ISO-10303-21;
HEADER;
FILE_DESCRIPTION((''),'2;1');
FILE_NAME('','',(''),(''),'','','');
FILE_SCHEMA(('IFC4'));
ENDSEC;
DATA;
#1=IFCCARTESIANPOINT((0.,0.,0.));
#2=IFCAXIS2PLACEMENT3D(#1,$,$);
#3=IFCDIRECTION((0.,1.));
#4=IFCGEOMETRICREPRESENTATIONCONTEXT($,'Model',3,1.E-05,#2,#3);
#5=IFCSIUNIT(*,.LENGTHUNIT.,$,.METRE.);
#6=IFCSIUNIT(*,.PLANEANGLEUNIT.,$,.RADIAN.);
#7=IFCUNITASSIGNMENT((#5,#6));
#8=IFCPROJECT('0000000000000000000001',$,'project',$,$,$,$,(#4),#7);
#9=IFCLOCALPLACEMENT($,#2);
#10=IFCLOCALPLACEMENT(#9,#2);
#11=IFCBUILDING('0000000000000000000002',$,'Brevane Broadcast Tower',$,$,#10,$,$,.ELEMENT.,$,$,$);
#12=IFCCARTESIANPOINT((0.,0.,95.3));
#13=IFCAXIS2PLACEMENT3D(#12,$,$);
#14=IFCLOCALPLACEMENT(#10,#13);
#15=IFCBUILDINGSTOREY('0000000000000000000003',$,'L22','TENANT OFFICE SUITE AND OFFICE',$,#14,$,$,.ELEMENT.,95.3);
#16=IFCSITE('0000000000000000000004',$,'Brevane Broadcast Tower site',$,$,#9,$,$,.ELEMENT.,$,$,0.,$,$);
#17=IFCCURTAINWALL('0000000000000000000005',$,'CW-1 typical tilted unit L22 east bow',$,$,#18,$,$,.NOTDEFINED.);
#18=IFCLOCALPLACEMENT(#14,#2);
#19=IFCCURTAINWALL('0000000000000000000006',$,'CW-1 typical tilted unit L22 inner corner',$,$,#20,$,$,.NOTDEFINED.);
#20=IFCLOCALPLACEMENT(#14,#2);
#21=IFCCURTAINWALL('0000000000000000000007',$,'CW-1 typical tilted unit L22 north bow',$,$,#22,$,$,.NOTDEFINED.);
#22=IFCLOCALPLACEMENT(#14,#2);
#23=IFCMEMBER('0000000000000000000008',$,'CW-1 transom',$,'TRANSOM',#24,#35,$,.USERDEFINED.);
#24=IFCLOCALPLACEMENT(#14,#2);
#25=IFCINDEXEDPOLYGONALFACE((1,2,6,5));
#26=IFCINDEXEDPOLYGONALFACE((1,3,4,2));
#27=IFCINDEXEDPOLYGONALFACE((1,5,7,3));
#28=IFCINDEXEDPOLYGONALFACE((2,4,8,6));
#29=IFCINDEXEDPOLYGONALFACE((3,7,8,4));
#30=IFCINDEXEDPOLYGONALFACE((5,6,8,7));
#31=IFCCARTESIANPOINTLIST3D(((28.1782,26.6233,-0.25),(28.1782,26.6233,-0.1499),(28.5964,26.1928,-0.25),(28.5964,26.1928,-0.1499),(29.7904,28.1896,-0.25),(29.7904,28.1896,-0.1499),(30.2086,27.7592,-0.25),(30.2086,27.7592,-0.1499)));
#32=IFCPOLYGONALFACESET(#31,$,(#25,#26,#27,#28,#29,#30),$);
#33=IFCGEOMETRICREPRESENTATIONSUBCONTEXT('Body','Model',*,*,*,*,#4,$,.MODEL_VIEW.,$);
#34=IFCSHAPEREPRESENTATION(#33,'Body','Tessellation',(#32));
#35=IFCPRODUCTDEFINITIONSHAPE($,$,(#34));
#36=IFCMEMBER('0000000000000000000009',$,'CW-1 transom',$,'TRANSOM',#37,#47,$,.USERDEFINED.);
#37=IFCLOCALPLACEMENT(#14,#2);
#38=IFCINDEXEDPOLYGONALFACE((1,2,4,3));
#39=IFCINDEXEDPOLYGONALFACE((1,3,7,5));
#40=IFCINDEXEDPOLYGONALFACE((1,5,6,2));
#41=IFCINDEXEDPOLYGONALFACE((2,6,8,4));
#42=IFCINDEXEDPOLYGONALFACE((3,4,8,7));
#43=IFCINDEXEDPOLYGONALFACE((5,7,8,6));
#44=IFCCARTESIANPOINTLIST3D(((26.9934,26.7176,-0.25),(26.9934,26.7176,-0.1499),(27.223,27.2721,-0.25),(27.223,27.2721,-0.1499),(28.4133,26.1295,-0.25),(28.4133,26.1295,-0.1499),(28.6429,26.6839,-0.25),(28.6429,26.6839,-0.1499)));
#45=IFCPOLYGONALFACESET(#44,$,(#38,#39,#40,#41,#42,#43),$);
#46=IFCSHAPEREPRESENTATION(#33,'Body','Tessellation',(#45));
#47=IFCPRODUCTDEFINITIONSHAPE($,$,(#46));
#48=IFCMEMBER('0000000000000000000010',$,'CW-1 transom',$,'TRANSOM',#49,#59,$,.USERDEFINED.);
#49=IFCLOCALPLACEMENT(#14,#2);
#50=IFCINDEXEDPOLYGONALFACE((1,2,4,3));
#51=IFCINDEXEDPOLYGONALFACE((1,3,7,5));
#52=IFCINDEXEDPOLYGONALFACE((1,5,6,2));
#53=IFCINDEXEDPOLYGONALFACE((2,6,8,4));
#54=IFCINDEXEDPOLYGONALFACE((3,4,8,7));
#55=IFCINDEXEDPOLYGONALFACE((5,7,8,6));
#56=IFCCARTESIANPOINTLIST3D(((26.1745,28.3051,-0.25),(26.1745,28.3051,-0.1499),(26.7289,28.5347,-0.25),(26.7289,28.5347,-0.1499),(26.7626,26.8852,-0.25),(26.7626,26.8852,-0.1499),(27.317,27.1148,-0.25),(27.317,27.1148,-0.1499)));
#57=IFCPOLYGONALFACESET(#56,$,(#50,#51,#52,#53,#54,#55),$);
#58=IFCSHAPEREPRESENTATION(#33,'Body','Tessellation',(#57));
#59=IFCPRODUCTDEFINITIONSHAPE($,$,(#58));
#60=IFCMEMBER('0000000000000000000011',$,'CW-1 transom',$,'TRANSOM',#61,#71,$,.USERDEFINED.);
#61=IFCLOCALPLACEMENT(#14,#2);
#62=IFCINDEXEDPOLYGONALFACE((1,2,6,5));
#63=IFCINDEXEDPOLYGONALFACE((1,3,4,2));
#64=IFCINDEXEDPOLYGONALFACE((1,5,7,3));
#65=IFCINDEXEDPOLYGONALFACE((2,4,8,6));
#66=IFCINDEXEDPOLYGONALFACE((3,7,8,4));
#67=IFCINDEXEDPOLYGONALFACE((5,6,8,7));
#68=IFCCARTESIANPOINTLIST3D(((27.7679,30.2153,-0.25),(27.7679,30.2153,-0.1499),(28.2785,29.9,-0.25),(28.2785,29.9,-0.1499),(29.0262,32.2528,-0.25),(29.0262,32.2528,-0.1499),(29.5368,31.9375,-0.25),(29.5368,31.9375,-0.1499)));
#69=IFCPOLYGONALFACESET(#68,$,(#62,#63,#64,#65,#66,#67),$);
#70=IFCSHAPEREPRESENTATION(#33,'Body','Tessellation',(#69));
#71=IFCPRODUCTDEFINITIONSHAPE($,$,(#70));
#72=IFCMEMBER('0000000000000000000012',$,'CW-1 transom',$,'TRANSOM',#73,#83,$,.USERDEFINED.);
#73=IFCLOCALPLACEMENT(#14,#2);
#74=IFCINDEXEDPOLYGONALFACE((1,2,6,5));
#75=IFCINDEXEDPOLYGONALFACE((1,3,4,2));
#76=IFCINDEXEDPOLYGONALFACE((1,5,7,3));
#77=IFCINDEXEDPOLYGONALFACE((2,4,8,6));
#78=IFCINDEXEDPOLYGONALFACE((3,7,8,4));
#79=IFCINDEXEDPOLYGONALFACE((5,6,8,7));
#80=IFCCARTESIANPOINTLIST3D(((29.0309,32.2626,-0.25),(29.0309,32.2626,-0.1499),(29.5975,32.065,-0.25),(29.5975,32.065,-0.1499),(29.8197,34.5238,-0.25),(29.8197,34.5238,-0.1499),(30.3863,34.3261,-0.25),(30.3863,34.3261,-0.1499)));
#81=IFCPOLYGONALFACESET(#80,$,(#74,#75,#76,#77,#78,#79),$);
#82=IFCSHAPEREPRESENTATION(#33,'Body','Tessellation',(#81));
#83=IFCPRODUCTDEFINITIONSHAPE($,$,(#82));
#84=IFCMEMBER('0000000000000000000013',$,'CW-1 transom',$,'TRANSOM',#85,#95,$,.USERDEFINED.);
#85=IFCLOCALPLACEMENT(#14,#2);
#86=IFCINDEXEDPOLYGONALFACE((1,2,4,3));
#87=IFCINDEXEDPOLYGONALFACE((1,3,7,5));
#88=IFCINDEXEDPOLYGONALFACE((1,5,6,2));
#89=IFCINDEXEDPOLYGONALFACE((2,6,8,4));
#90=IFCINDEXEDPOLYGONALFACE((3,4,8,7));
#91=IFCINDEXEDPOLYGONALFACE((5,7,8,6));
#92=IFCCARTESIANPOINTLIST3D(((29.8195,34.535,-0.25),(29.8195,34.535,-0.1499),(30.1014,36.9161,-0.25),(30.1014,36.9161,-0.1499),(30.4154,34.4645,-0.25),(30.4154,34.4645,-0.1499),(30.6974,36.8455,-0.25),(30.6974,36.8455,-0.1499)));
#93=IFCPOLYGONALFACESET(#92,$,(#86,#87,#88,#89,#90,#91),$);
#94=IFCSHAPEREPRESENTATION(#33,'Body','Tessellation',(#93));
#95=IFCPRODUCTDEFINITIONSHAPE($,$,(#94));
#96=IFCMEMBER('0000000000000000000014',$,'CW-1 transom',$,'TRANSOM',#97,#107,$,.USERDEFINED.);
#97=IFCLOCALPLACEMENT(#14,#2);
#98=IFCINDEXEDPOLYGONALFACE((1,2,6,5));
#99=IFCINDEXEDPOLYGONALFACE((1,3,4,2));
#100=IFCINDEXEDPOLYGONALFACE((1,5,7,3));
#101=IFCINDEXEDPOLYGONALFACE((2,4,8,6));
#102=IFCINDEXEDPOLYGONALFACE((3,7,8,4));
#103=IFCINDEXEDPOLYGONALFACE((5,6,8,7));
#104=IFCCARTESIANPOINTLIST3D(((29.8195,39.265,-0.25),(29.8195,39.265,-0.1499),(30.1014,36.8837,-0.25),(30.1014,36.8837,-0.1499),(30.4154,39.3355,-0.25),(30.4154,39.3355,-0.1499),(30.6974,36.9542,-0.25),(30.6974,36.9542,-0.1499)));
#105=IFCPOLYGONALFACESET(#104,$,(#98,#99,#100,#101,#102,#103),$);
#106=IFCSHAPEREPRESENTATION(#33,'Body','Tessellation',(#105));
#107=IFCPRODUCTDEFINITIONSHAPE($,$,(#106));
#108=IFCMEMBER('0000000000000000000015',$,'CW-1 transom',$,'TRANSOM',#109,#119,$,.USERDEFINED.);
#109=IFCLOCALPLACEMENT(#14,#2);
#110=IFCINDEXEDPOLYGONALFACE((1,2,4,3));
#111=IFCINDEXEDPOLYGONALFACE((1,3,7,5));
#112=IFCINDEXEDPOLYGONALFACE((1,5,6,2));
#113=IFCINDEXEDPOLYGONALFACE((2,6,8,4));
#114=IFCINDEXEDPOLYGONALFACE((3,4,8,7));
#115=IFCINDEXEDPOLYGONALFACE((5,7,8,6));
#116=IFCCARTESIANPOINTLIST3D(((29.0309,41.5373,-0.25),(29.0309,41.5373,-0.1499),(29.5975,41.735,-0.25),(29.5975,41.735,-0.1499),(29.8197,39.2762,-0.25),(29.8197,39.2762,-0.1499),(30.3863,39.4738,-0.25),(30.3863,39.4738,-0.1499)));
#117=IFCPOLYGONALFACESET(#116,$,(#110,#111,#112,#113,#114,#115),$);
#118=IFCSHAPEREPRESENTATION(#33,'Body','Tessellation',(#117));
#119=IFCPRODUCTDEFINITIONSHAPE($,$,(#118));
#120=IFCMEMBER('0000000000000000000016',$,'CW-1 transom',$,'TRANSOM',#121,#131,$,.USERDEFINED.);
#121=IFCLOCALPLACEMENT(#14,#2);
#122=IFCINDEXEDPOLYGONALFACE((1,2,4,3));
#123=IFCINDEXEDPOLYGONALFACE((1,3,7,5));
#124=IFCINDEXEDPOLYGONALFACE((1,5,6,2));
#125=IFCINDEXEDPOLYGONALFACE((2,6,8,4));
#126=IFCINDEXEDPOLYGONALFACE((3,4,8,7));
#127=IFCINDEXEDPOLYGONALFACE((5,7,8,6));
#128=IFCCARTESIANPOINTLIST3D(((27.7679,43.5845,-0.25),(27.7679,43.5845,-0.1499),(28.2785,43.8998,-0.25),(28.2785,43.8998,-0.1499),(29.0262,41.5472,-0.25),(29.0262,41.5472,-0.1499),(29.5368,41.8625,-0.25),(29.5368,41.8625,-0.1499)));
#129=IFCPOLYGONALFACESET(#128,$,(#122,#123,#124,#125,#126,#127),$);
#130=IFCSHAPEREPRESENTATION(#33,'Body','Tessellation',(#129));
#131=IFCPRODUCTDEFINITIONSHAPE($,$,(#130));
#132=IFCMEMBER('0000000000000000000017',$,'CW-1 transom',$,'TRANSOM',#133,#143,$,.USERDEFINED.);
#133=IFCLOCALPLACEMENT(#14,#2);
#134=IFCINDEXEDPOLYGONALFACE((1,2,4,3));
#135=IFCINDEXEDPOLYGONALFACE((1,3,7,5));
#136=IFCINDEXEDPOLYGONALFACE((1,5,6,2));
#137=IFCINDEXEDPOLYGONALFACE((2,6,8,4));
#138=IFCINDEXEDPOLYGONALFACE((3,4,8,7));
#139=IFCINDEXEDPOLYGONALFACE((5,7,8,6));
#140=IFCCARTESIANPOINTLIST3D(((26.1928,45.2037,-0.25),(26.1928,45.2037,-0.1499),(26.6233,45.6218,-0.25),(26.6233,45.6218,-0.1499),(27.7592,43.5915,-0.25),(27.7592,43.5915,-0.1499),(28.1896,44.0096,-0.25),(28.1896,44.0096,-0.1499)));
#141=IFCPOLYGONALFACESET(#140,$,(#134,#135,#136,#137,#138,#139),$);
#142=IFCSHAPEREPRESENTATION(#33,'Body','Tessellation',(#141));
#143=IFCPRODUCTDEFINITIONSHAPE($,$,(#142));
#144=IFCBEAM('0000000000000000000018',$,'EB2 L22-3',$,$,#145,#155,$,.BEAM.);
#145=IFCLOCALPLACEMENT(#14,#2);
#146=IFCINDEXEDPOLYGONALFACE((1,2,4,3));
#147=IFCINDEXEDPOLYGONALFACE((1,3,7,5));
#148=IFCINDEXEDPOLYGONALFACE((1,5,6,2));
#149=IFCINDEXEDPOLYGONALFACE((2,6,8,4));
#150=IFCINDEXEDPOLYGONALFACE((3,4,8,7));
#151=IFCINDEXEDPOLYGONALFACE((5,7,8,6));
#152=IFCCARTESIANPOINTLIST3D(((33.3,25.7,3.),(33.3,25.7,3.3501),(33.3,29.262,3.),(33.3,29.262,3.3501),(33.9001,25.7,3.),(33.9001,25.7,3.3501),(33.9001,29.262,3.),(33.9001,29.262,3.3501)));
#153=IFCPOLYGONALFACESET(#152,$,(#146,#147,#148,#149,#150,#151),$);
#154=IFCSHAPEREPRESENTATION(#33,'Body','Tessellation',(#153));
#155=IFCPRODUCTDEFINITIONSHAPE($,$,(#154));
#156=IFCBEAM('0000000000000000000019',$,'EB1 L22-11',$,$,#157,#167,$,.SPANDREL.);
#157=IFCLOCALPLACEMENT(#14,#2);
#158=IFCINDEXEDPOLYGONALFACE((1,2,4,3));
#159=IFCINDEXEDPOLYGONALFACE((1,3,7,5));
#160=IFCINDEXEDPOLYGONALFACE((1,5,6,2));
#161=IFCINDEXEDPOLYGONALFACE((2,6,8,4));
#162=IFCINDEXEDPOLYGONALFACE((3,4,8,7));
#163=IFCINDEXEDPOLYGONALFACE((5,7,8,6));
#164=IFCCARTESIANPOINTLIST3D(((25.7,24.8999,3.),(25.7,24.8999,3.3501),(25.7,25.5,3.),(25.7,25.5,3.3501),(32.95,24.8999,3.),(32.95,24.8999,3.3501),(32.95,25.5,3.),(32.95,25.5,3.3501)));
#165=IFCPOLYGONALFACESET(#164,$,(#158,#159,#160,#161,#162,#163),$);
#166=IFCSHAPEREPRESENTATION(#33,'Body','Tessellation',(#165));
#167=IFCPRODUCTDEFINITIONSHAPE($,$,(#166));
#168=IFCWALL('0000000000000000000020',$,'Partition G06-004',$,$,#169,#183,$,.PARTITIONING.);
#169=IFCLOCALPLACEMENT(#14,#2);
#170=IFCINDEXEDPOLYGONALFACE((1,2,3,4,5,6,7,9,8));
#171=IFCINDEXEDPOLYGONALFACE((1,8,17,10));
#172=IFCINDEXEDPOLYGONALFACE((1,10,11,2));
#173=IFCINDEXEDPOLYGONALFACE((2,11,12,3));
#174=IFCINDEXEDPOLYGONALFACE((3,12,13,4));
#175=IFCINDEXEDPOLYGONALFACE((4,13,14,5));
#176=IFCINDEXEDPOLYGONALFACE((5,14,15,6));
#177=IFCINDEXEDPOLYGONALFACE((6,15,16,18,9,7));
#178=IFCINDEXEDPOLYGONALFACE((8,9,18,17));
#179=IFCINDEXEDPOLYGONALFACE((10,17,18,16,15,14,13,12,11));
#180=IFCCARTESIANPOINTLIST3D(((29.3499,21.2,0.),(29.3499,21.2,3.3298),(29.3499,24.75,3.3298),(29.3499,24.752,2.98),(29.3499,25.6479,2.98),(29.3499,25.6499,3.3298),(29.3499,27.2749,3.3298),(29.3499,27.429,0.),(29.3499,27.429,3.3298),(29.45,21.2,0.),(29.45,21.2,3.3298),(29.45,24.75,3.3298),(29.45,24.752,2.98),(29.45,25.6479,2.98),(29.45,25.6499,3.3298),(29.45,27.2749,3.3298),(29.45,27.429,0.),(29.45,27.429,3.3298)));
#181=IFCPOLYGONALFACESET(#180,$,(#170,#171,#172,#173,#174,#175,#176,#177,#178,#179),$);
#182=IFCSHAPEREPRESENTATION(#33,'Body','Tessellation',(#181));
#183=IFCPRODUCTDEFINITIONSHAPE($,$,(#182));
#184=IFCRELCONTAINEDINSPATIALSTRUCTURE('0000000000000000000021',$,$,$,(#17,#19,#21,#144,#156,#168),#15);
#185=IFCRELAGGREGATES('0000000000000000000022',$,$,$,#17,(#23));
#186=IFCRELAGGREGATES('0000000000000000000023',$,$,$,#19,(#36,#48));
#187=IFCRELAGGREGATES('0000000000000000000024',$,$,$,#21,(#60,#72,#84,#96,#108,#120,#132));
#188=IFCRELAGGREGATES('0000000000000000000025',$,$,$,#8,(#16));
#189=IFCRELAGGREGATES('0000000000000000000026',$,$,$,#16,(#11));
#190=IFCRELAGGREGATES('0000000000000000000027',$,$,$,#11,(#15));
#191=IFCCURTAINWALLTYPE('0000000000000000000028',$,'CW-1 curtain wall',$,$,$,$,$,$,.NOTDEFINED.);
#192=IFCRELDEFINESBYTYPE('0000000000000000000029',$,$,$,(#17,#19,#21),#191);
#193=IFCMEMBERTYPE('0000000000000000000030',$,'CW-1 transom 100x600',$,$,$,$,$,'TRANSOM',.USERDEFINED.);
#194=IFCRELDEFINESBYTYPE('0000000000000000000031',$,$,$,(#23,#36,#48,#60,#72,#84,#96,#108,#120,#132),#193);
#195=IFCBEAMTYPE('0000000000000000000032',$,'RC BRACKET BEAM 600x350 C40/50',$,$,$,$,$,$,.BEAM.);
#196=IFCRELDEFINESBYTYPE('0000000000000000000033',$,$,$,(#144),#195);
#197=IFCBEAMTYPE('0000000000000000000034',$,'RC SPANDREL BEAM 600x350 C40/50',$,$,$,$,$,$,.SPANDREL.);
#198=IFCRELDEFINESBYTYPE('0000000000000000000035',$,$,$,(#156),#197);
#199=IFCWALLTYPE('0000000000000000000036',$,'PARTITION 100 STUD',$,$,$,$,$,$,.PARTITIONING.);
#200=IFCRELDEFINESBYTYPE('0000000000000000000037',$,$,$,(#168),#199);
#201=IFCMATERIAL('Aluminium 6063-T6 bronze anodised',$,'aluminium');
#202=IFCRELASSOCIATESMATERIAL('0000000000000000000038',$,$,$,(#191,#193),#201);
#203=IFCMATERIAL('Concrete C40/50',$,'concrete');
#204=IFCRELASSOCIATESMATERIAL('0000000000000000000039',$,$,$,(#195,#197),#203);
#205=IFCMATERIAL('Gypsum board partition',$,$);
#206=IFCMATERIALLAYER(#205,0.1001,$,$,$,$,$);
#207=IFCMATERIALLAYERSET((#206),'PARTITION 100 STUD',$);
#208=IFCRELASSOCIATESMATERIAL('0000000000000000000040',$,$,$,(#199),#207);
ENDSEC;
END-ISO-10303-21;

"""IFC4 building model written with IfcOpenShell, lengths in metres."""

from ifc_helpers import new_model, si_unit, direction, frame, origin, origin_2d, place, context, subcontext, project, spatial, polyline, rectangle, outline, extrude, material, layer, layer_set, material_profile, profile_set, type_object, element, aggregate, save


model = new_model("IFC4")

# Units and contexts
model_context = context("Model", 3, precision=1e-05, world=origin(), true_north=direction((0.0, 1.0)))
body_context = subcontext(model_context, "Body", "Model", "MODEL_VIEW")
ifc_project = project(units=[si_unit("LENGTHUNIT", "METRE"), si_unit("PLANEANGLEUNIT", "RADIAN")], contexts=[model_context])

# Site, building, storey
site_placement = place(None, origin())
site = spatial("IfcSite", under=ifc_project, at=site_placement, Name="Brevane Broadcast Tower site", CompositionType="ELEMENT", RefElevation=0.0)
building_placement = place(site_placement, origin())
building = spatial("IfcBuilding", under=site, at=building_placement, Name="Brevane Broadcast Tower", CompositionType="ELEMENT")
storey_placement = place(building_placement, frame((0.0, 0.0, 95.3)))
storey = spatial("IfcBuildingStorey", under=building, at=storey_placement, Name="L22", Description="TENANT OFFICE SUITE AND OFFICE", CompositionType="ELEMENT", Elevation=95.3)

# Curtain walls
ifc_material_1 = material(Name="Aluminium 6063-T6 bronze anodised", Category="aluminium")
curtain_wall_type = type_object("IfcCurtainWallType", Name="CW-1 curtain wall", PredefinedType="NOTDEFINED", material=ifc_material_1)
curtain_wall_1_placement = place(storey_placement, origin())
curtain_wall_1 = element("IfcCurtainWall", 1, at=curtain_wall_1_placement, inside=storey, type_object=curtain_wall_type, Name="CW-1 typical tilted unit L22 east bow", PredefinedType="NOTDEFINED")
curtain_wall_2_placement = place(storey_placement, origin())
curtain_wall_2 = element("IfcCurtainWall", 2, at=curtain_wall_2_placement, inside=storey, type_object=curtain_wall_type, Name="CW-1 typical tilted unit L22 inner corner", PredefinedType="NOTDEFINED")
curtain_wall_3_placement = place(storey_placement, origin())
curtain_wall_3 = element("IfcCurtainWall", 3, at=curtain_wall_3_placement, inside=storey, type_object=curtain_wall_type, Name="CW-1 typical tilted unit L22 north bow", PredefinedType="NOTDEFINED")

# Members
ifc_material_profile_1 = material_profile(ifc_material_1, rectangle(XDim=0.6001, YDim=0.1001, at=origin_2d()), Name="RECT 100x600")
ifc_profile_set_1 = profile_set([ifc_material_profile_1], Name="Aluminium 6063-T6 bronze anodised")
member_type_1 = type_object("IfcMemberType", Name="CW-1 transom 100x600", ElementType="TRANSOM", PredefinedType="USERDEFINED", material=ifc_profile_set_1)
member_1_placement = place(storey_placement, frame((29.9995, 27.9744, -0.2), z_axis=(-0.717242, -0.696824, 0.0), x_axis=(0.696824, -0.717242, 0.0)))
member_1 = element("IfcMember", 4, at=member_1_placement, type_object=member_type_1, Name="CW-1 transom", ObjectType="TRANSOM", PredefinedType="USERDEFINED", context=body_context, shape_type="SweptSolid", body=[
    extrude(rectangle(XDim=0.6001, YDim=0.1001, at=origin_2d()), origin(), (0.0, 0.0, 1.0), 2.2478),
])
aggregate(curtain_wall_1, [member_1])
member_2_placement = place(storey_placement, frame((28.5281, 26.4067, -0.2), z_axis=(-0.923883, 0.382674, 0.0), x_axis=(-0.382674, -0.923883, 0.0)))
member_2 = element("IfcMember", 5, at=member_2_placement, type_object=member_type_1, Name="CW-1 transom", ObjectType="TRANSOM", PredefinedType="USERDEFINED", context=body_context, shape_type="SweptSolid", body=[
    extrude(rectangle(XDim=0.6001, YDim=0.1001, at=origin_2d()), origin(), (0.0, 0.0, 1.0), 1.5369),
])
member_3_placement = place(storey_placement, frame((27.0398, 27.0, -0.2), z_axis=(-0.382674, 0.923883, 0.0), x_axis=(-0.923883, -0.382674, 0.0)))
member_3 = element("IfcMember", 6, at=member_3_placement, type_object=member_type_1, Name="CW-1 transom", ObjectType="TRANSOM", PredefinedType="USERDEFINED", context=body_context, shape_type="SweptSolid", body=[
    extrude(rectangle(XDim=0.6001, YDim=0.1001, at=origin_2d()), origin(), (0.0, 0.0, 1.0), 1.5369),
])
aggregate(curtain_wall_2, [member_2, member_3])
member_4_placement = place(storey_placement, frame((28.0232, 30.0576, -0.2), z_axis=(0.525428, 0.850838, 0.0), x_axis=(-0.850838, 0.525428, 0.0)))
member_4 = element("IfcMember", 7, at=member_4_placement, type_object=member_type_1, Name="CW-1 transom", ObjectType="TRANSOM", PredefinedType="USERDEFINED", context=body_context, shape_type="SweptSolid", body=[
    extrude(rectangle(XDim=0.6001, YDim=0.1001, at=origin_2d()), origin(), (0.0, 0.0, 1.0), 2.3948),
])
member_5_placement = place(storey_placement, frame((29.3142, 32.1638, -0.2), z_axis=(0.329378, 0.944198, 0.0), x_axis=(-0.944198, 0.329378, 0.0)))
member_5 = element("IfcMember", 8, at=member_5_placement, type_object=member_type_1, Name="CW-1 transom", ObjectType="TRANSOM", PredefinedType="USERDEFINED", context=body_context, shape_type="SweptSolid", body=[
    extrude(rectangle(XDim=0.6001, YDim=0.1001, at=origin_2d()), origin(), (0.0, 0.0, 1.0), 2.3948),
])
member_6_placement = place(storey_placement, frame((30.1174, 34.4998, -0.2), z_axis=(0.117603, 0.993061, 0.0), x_axis=(-0.993061, 0.117603, 0.0)))
member_6 = element("IfcMember", 9, at=member_6_placement, type_object=member_type_1, Name="CW-1 transom", ObjectType="TRANSOM", PredefinedType="USERDEFINED", context=body_context, shape_type="SweptSolid", body=[
    extrude(rectangle(XDim=0.6001, YDim=0.1001, at=origin_2d()), origin(), (0.0, 0.0, 1.0), 2.3977),
])
member_7_placement = place(storey_placement, frame((30.3994, 36.9189, -0.2), z_axis=(-0.117591, 0.993062, 0.0), x_axis=(-0.993062, -0.117591, 0.0)))
member_7 = element("IfcMember", 10, at=member_7_placement, type_object=member_type_1, Name="CW-1 transom", ObjectType="TRANSOM", PredefinedType="USERDEFINED", context=body_context, shape_type="SweptSolid", body=[
    extrude(rectangle(XDim=0.6001, YDim=0.1001, at=origin_2d()), origin(), (0.0, 0.0, 1.0), 2.3979),
])
member_8_placement = place(storey_placement, frame((30.103, 39.375, -0.2), z_axis=(-0.329378, 0.944198, 0.0), x_axis=(-0.944198, -0.329378, 0.0)))
member_8 = element("IfcMember", 11, at=member_8_placement, type_object=member_type_1, Name="CW-1 transom", ObjectType="TRANSOM", PredefinedType="USERDEFINED", context=body_context, shape_type="SweptSolid", body=[
    extrude(rectangle(XDim=0.6001, YDim=0.1001, at=origin_2d()), origin(), (0.0, 0.0, 1.0), 2.3948),
])
member_9_placement = place(storey_placement, frame((29.2815, 41.7048, -0.2), z_axis=(-0.525473, 0.85081, 0.0), x_axis=(-0.85081, -0.525473, 0.0)))
member_9 = element("IfcMember", 12, at=member_9_placement, type_object=member_type_1, Name="CW-1 transom", ObjectType="TRANSOM", PredefinedType="USERDEFINED", context=body_context, shape_type="SweptSolid", body=[
    extrude(rectangle(XDim=0.6001, YDim=0.1001, at=origin_2d()), origin(), (0.0, 0.0, 1.0), 2.3945),
])
member_10_placement = place(storey_placement, frame((27.9744, 43.8005, -0.2), z_axis=(-0.696824, 0.717242, 0.0), x_axis=(-0.717242, -0.696824, 0.0)))
member_10 = element("IfcMember", 13, at=member_10_placement, type_object=member_type_1, Name="CW-1 transom", ObjectType="TRANSOM", PredefinedType="USERDEFINED", context=body_context, shape_type="SweptSolid", body=[
    extrude(rectangle(XDim=0.6001, YDim=0.1001, at=origin_2d()), origin(), (0.0, 0.0, 1.0), 2.2478),
])
aggregate(curtain_wall_3, [member_4, member_5, member_6, member_7, member_8, member_9, member_10])

# Beams
ifc_material_2 = material(Name="Concrete C40/50", Category="concrete")
ifc_material_profile_2 = material_profile(ifc_material_2, rectangle(XDim=0.6001, YDim=0.3501, at=origin_2d()), Name="RC 600x350")
ifc_profile_set_2 = profile_set([ifc_material_profile_2], Name="Concrete C40/50")
beam_type_1 = type_object("IfcBeamType", Name="RC BRACKET BEAM 600x350 C40/50", PredefinedType="BEAM", material=ifc_profile_set_2)
beam_1_placement = place(storey_placement, frame((33.6001, 25.7, 3.175), z_axis=(0.0, 1.0, 0.0), x_axis=(-1.0, 0.0, 0.0)))
element("IfcBeam", 14, at=beam_1_placement, inside=storey, type_object=beam_type_1, Name="EB2 L22-3", PredefinedType="BEAM", context=body_context, shape_type="SweptSolid", body=[
    extrude(rectangle(XDim=0.6001, YDim=0.3501, at=origin_2d()), origin(), (0.0, 0.0, 1.0), 3.562),
])
ifc_material_profile_3 = material_profile(ifc_material_2, rectangle(XDim=0.6001, YDim=0.3501, at=origin_2d()), Name="RC 600x350")
ifc_profile_set_3 = profile_set([ifc_material_profile_3], Name="Concrete C40/50")
beam_type_2 = type_object("IfcBeamType", Name="RC SPANDREL BEAM 600x350 C40/50", PredefinedType="SPANDREL", material=ifc_profile_set_3)
beam_2_placement = place(storey_placement, frame((32.95, 25.2, 3.175), z_axis=(-1.0, 0.0, 0.0), x_axis=(0.0, -1.0, 0.0)))
element("IfcBeam", 15, at=beam_2_placement, inside=storey, type_object=beam_type_2, Name="EB1 L22-11", PredefinedType="SPANDREL", context=body_context, shape_type="SweptSolid", body=[
    extrude(rectangle(XDim=0.6001, YDim=0.3501, at=origin_2d()), origin(), (0.0, 0.0, 1.0), 7.25),
])

# Wall
ifc_material_3 = material(Name="Gypsum board partition")
ifc_layer_1 = layer(ifc_material_3, 0.1001)
ifc_layer_set_1 = layer_set([ifc_layer_1], Name="PARTITION 100 STUD")
wall_type_1 = type_object("IfcWallType", Name="PARTITION 100 STUD", PredefinedType="PARTITIONING", material=ifc_layer_set_1)
wall_1_placement = place(storey_placement, frame((29.3999, 27.429, 0.0), z_axis=(0.0, 0.0, 1.0), x_axis=(0.0, -1.0, 0.0)))
element("IfcWall", 16, at=wall_1_placement, inside=storey, type_object=wall_type_1, Name="Partition G06-004", PredefinedType="PARTITIONING", context=body_context, shape_type="SweptSolid", body=[
    extrude(outline(polyline([(0.0, 0.0), (6.229, 0.0), (6.229, 3.3298), (2.679, 3.3298), (2.677, 2.98), (1.781, 2.98), (1.7791, 3.3298), (0.1541, 3.3298), (0.0, 3.3298), (0.0, 0.0)])), frame((0.0, 0.05, 0.0), z_axis=(0.0, -1.0, 0.0), x_axis=(1.0, 0.0, 0.0)), (0.0, 0.0, 1.0), 0.1001),
])

save(model, "model.ifc")
